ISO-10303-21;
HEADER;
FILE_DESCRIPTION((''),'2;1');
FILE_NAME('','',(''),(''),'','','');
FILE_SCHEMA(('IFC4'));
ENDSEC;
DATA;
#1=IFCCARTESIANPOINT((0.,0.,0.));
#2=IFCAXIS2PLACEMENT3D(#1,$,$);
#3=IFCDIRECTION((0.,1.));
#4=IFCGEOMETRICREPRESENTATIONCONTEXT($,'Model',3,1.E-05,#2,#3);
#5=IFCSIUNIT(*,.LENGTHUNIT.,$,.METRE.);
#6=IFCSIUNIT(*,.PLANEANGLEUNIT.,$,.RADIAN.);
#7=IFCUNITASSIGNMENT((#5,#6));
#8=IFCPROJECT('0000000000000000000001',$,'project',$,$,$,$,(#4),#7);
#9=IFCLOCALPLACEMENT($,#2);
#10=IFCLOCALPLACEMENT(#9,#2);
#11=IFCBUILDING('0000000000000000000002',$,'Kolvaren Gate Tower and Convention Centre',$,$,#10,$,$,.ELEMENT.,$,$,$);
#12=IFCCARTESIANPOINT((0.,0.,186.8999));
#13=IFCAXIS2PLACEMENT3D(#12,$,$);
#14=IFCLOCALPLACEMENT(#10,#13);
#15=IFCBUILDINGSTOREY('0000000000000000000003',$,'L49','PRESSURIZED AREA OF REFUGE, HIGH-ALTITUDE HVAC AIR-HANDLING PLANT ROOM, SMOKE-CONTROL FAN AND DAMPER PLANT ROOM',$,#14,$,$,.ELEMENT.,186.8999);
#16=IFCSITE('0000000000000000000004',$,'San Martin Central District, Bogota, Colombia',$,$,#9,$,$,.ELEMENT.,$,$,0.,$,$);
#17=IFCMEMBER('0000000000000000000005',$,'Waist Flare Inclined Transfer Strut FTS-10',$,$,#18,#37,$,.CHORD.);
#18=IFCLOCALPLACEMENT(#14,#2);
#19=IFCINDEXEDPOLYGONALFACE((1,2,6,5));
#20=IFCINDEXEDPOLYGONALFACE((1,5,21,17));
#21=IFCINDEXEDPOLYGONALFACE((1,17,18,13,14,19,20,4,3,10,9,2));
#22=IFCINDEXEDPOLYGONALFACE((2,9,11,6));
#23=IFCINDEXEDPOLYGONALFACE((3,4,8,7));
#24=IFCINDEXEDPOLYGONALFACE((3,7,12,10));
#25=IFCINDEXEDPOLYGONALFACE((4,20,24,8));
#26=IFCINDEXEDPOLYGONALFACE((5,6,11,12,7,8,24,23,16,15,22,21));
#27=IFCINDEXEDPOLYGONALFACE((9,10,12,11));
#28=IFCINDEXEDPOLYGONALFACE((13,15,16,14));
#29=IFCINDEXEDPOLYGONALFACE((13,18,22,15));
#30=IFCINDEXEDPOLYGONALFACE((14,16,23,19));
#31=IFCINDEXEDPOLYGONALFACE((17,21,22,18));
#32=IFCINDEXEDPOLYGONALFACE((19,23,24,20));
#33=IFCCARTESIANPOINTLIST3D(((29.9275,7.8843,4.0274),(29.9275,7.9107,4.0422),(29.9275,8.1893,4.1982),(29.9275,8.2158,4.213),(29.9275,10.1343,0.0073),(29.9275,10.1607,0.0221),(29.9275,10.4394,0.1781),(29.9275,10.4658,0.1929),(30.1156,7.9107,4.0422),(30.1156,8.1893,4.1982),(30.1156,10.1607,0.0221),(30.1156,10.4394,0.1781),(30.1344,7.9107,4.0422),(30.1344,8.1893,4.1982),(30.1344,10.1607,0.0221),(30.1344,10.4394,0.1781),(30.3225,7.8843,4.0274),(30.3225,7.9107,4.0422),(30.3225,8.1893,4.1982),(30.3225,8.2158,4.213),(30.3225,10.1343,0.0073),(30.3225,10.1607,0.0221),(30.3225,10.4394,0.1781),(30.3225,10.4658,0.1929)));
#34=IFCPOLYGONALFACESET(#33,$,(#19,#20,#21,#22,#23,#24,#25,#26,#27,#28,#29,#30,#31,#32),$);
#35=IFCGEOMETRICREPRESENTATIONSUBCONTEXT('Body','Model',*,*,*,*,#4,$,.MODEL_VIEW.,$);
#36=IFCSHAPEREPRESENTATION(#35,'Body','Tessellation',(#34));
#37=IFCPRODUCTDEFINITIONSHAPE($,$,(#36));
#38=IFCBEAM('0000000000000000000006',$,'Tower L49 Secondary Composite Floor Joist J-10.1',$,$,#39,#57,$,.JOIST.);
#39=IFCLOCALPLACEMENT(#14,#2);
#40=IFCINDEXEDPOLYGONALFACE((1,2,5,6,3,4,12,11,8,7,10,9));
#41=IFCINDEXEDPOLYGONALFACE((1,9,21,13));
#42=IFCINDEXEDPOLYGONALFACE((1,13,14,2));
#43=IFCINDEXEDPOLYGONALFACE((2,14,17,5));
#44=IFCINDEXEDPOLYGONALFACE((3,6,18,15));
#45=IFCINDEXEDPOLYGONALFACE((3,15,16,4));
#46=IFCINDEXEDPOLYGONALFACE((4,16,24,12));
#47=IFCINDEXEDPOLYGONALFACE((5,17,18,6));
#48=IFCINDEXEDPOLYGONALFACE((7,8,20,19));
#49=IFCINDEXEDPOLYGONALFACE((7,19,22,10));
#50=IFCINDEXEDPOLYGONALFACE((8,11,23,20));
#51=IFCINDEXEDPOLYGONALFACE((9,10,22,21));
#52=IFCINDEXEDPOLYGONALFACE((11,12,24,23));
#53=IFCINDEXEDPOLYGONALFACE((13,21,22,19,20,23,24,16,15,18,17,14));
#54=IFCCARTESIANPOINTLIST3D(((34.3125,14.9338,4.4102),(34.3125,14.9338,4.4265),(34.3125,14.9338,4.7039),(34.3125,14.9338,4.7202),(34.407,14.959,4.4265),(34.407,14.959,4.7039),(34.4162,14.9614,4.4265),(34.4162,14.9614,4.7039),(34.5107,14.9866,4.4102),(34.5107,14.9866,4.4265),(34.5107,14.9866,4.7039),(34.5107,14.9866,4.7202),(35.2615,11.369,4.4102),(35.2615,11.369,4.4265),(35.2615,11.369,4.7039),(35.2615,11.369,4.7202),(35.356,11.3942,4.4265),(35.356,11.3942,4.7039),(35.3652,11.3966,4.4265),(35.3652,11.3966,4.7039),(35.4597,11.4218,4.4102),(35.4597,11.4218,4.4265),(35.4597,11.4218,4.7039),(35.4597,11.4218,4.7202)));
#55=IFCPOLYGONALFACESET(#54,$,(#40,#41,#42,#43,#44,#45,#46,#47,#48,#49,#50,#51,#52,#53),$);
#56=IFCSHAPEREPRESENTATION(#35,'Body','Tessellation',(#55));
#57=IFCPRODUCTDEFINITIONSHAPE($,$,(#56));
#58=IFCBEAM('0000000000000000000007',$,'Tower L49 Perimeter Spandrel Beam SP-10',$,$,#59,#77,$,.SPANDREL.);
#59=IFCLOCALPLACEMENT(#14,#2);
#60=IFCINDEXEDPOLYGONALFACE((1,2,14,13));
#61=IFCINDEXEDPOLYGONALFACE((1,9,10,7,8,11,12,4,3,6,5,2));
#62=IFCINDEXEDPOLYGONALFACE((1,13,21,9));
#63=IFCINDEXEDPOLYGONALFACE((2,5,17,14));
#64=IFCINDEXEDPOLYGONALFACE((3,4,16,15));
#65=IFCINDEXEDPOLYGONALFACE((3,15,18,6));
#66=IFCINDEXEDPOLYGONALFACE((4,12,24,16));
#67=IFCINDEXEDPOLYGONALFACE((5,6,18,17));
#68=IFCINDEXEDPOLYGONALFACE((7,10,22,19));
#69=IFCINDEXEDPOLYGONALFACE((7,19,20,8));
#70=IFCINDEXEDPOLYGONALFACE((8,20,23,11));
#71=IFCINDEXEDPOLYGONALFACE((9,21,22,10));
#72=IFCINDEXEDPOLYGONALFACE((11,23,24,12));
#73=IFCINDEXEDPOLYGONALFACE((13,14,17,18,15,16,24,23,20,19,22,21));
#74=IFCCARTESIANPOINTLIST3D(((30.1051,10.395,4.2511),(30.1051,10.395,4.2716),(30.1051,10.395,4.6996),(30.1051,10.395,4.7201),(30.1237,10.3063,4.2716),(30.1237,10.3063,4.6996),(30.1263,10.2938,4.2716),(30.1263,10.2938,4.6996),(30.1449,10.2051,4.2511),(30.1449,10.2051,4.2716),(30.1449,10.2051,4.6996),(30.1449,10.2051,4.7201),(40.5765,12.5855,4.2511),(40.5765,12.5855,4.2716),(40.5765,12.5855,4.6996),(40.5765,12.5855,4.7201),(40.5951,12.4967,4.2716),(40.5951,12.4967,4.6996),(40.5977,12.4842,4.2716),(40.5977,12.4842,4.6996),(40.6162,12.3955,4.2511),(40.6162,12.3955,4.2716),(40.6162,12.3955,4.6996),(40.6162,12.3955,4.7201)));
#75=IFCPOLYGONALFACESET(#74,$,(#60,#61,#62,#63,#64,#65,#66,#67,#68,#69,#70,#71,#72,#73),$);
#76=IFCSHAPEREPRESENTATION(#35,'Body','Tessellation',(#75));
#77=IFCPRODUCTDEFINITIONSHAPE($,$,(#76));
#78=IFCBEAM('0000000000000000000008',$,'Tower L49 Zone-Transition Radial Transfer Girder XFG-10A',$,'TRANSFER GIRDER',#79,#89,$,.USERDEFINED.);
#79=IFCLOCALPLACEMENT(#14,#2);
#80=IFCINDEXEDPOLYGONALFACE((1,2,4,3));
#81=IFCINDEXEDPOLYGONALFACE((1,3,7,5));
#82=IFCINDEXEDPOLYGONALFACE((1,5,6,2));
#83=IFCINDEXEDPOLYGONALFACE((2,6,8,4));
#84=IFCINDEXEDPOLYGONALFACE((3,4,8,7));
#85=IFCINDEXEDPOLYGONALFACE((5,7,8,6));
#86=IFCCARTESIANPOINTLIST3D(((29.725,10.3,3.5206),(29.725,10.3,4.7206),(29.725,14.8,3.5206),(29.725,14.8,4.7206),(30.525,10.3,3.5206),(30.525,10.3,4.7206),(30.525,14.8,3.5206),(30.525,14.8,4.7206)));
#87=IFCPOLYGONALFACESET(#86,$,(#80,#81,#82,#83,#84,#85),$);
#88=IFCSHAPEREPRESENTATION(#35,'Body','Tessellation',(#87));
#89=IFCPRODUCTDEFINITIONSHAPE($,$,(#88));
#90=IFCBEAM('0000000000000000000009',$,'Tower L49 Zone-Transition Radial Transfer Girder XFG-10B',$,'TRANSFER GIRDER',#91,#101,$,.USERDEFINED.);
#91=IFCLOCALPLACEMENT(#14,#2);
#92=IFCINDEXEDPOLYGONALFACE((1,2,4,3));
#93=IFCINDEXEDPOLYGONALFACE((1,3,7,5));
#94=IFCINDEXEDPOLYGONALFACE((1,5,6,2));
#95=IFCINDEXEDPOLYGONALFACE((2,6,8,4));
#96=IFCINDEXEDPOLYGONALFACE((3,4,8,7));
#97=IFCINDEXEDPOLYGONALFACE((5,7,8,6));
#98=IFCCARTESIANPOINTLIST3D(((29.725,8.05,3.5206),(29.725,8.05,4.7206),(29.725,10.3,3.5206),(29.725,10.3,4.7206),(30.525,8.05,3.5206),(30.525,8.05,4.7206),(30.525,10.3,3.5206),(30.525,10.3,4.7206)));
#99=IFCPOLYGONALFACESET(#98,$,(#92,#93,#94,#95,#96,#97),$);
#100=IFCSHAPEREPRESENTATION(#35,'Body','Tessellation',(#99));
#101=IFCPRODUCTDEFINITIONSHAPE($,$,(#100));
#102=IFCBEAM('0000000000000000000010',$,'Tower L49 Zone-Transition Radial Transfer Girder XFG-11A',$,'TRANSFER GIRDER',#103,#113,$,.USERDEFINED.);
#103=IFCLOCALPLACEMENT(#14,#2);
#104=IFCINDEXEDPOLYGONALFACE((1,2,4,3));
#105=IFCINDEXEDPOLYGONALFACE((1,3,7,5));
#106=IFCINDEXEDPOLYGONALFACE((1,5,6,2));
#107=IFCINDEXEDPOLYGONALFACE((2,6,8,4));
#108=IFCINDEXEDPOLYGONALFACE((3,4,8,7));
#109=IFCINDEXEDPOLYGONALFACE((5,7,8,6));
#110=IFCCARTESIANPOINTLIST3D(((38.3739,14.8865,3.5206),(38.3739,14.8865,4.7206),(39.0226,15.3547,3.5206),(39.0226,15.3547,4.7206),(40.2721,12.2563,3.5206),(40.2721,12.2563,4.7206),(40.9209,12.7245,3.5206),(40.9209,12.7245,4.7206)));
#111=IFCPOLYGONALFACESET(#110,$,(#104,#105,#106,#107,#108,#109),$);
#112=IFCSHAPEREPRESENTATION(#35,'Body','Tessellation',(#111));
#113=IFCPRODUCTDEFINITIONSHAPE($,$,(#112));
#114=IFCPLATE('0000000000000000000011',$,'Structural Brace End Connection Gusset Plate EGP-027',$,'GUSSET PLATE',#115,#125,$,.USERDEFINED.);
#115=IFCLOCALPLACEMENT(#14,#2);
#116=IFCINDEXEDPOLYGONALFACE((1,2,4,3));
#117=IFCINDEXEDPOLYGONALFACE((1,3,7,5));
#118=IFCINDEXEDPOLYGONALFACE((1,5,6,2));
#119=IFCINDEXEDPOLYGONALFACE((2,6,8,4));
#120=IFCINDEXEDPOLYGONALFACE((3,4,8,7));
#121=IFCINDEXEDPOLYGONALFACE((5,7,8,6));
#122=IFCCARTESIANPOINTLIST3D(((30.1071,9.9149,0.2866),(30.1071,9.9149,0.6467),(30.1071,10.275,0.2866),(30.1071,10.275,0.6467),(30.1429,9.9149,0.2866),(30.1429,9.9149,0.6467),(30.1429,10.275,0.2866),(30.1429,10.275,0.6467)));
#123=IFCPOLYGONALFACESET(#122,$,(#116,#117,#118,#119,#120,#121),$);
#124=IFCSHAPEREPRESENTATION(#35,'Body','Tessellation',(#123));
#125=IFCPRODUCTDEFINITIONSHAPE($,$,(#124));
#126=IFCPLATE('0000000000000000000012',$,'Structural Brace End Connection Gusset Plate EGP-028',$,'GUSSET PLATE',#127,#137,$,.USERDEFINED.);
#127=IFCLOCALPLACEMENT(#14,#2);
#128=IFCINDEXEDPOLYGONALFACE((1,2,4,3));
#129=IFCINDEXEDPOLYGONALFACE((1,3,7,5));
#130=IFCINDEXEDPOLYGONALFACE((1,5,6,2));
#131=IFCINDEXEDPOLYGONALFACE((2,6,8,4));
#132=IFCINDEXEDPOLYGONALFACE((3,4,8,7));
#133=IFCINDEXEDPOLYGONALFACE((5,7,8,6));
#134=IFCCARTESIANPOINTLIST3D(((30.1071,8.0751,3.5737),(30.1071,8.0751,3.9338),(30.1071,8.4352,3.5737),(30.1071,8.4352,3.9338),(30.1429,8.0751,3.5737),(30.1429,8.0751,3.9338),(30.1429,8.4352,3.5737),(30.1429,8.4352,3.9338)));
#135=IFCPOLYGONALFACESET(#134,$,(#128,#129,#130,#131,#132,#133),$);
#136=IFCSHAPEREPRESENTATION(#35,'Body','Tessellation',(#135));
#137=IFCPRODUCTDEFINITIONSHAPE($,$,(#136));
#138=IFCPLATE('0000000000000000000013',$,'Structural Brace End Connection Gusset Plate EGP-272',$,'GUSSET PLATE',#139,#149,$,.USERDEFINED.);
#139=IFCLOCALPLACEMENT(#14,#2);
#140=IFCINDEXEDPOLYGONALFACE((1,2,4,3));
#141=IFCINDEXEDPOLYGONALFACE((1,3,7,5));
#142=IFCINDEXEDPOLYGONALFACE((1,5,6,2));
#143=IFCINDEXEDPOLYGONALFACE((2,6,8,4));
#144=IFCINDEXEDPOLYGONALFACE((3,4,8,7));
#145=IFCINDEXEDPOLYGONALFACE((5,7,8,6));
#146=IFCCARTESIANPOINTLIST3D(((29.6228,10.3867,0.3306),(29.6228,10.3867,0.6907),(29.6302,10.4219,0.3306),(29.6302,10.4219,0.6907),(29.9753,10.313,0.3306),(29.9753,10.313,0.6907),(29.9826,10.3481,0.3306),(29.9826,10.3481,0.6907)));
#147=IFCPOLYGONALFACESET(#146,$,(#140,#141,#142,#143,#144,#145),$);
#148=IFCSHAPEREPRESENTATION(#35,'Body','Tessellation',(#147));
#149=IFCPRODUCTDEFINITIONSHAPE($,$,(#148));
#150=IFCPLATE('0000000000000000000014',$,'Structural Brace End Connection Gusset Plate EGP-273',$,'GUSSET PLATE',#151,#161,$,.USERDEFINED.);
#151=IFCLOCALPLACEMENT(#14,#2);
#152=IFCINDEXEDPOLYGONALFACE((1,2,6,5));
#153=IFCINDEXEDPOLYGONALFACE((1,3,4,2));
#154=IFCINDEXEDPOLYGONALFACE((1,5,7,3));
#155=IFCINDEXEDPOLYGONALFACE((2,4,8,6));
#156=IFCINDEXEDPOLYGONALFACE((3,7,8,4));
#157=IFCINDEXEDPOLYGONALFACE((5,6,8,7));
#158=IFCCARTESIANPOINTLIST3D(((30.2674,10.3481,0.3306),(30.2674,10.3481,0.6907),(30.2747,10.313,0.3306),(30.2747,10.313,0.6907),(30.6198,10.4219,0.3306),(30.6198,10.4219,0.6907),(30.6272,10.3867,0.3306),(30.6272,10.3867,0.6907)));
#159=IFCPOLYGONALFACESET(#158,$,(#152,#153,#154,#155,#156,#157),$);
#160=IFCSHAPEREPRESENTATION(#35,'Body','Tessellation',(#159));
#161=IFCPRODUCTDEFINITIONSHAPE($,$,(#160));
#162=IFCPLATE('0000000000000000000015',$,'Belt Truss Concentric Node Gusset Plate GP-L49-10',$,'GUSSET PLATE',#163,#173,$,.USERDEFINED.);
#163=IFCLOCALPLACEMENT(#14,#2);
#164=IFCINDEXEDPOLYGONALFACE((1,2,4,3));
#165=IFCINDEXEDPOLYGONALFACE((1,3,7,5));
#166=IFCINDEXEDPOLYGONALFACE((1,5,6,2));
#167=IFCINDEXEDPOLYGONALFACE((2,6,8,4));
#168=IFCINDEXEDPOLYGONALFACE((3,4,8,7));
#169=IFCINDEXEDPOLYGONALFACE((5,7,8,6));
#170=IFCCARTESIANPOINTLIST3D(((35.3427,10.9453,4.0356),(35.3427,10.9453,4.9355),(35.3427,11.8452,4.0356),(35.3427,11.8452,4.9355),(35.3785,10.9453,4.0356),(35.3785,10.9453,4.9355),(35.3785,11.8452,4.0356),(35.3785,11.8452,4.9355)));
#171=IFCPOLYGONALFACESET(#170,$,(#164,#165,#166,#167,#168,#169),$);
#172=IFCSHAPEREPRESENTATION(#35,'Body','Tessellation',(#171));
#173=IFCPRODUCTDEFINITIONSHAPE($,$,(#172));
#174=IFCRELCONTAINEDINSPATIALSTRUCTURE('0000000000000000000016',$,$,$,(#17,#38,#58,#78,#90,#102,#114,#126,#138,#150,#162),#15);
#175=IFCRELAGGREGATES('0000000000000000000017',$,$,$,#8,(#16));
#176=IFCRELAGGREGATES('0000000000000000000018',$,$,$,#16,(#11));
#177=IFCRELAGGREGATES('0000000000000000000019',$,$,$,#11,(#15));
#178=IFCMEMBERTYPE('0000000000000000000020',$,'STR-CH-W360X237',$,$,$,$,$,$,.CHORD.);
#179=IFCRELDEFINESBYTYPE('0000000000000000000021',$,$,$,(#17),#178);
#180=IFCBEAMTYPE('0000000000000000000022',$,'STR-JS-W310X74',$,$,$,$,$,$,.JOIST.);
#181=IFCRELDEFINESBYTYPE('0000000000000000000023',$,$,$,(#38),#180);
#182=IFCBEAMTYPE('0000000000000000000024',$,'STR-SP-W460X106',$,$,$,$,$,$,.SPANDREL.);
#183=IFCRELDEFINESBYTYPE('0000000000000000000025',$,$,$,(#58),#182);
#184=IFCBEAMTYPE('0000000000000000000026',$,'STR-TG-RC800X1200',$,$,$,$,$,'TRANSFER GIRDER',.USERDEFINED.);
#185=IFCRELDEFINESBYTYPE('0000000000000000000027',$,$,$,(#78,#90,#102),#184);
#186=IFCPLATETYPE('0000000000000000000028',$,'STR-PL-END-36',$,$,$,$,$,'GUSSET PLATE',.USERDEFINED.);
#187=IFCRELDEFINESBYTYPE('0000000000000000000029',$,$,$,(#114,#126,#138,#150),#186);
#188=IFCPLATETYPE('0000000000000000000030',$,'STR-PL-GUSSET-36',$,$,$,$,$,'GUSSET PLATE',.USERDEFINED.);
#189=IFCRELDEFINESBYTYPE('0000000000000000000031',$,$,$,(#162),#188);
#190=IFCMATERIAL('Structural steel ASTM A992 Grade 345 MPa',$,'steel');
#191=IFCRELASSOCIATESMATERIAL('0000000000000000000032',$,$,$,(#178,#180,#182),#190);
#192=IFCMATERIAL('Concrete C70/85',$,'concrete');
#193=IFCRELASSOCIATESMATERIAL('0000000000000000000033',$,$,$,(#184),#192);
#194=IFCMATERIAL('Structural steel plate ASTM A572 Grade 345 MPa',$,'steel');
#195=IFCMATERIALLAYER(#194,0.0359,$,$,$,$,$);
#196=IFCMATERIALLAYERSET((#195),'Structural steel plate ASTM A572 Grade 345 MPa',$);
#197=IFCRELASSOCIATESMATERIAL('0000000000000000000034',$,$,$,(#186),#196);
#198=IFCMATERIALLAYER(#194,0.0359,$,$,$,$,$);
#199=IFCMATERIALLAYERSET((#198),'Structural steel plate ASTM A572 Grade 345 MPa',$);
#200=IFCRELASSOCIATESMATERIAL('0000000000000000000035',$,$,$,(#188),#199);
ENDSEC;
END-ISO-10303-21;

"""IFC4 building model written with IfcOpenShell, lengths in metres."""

from ifc_helpers import new_model, si_unit, direction, frame, origin, origin_2d, place, context, subcontext, project, spatial, rectangle, i_section, extrude, material, layer, layer_set, material_profile, profile_set, type_object, element, save


model = new_model("IFC4")

# Units and contexts
model_context = context("Model", 3, precision=1e-05, world=origin(), true_north=direction((0.0, 1.0)))
body_context = subcontext(model_context, "Body", "Model", "MODEL_VIEW")
ifc_project = project(units=[si_unit("LENGTHUNIT", "METRE"), si_unit("PLANEANGLEUNIT", "RADIAN")], contexts=[model_context])

# Site, building, storey
site_placement = place(None, origin())
site = spatial("IfcSite", under=ifc_project, at=site_placement, Name="San Martin Central District, Bogota, Colombia", CompositionType="ELEMENT", RefElevation=0.0)
building_placement = place(site_placement, origin())
building = spatial("IfcBuilding", under=site, at=building_placement, Name="Kolvaren Gate Tower and Convention Centre", CompositionType="ELEMENT")
storey_placement = place(building_placement, frame((0.0, 0.0, 186.8999)))
storey = spatial("IfcBuildingStorey", under=building, at=storey_placement, Name="L49", Description="PRESSURIZED AREA OF REFUGE, HIGH-ALTITUDE HVAC AIR-HANDLING PLANT ROOM, SMOKE-CONTROL FAN AND DAMPER PLANT ROOM", CompositionType="ELEMENT", Elevation=186.8999)

# Shared definitions
ifc_material_1 = material(Name="Structural steel ASTM A992 Grade 345 MPa", Category="steel")

# Member
ifc_material_profile_1 = material_profile(ifc_material_1, i_section(OverallWidth=0.395, OverallDepth=0.3799, WebThickness=0.0188, FlangeThickness=0.0303, at=origin_2d()), Name="W360X237")
ifc_profile_set_1 = profile_set([ifc_material_profile_1], Name="Structural steel ASTM A992 Grade 345 MPa")
member_type_1 = type_object("IfcMemberType", Name="STR-CH-W360X237", PredefinedType="CHORD", material=ifc_profile_set_1)
member_1_placement = place(storey_placement, frame((30.125, 10.3, 0.1001), z_axis=(0.0, -0.488403, 0.872618), x_axis=(1.0, 0.0, 0.0)))
element("IfcMember", 1, at=member_1_placement, inside=storey, type_object=member_type_1, Name="Waist Flare Inclined Transfer Strut FTS-10", PredefinedType="CHORD", context=body_context, shape_type="SweptSolid", body=[
    extrude(i_section(OverallWidth=0.395, OverallDepth=0.3799, WebThickness=0.0188, FlangeThickness=0.0303, at=origin_2d()), origin(), (0.0, 0.0, 1.0), 4.6069),
])

# Beams
ifc_material_profile_2 = material_profile(ifc_material_1, i_section(OverallWidth=0.2051, OverallDepth=0.3101, WebThickness=0.0095, FlangeThickness=0.0164, at=origin_2d()), Name="W310X74")
ifc_profile_set_2 = profile_set([ifc_material_profile_2], Name="Structural steel ASTM A992 Grade 345 MPa")
beam_type_1 = type_object("IfcBeamType", Name="STR-JS-W310X74", PredefinedType="JOIST", material=ifc_profile_set_2)
beam_1_placement = place(storey_placement, frame((34.4116, 14.9602, 4.5652), z_axis=(0.257238, -0.966348, 0.0), x_axis=(0.966348, 0.257238, 0.0)))
element("IfcBeam", 2, at=beam_1_placement, inside=storey, type_object=beam_type_1, Name="Tower L49 Secondary Composite Floor Joist J-10.1", PredefinedType="JOIST", context=body_context, shape_type="SweptSolid", body=[
    extrude(i_section(OverallWidth=0.2051, OverallDepth=0.3101, WebThickness=0.0095, FlangeThickness=0.0164, at=origin_2d()), origin(), (0.0, 0.0, 1.0), 3.689),
])
ifc_material_profile_3 = material_profile(ifc_material_1, i_section(OverallWidth=0.1941, OverallDepth=0.469, WebThickness=0.0127, FlangeThickness=0.0205, at=origin_2d()), Name="W460X106")
ifc_profile_set_3 = profile_set([ifc_material_profile_3], Name="Structural steel ASTM A992 Grade 345 MPa")
beam_type_2 = type_object("IfcBeamType", Name="STR-SP-W460X106", PredefinedType="SPANDREL", material=ifc_profile_set_3)
beam_2_placement = place(storey_placement, frame((30.125, 10.3, 4.4856), z_axis=(0.978814, 0.20475, 0.0), x_axis=(-0.20475, 0.978814, 0.0)))
element("IfcBeam", 3, at=beam_2_placement, inside=storey, type_object=beam_type_2, Name="Tower L49 Perimeter Spandrel Beam SP-10", PredefinedType="SPANDREL", context=body_context, shape_type="SweptSolid", body=[
    extrude(i_section(OverallWidth=0.1941, OverallDepth=0.469, WebThickness=0.0127, FlangeThickness=0.0205, at=origin_2d()), origin(), (0.0, 0.0, 1.0), 10.698),
])
ifc_material_2 = material(Name="Concrete C70/85", Category="concrete")
ifc_material_profile_4 = material_profile(ifc_material_2, rectangle(XDim=0.8, YDim=1.2, at=origin_2d()), Name="RC-BM-800X1200")
ifc_profile_set_4 = profile_set([ifc_material_profile_4], Name="Concrete C70/85")
beam_type_3 = type_object("IfcBeamType", Name="STR-TG-RC800X1200", ElementType="TRANSFER GIRDER", PredefinedType="USERDEFINED", material=ifc_profile_set_4)
beam_3_placement = place(storey_placement, frame((30.125, 14.8, 4.1206), z_axis=(0.0, -1.0, 0.0), x_axis=(1.0, 0.0, 0.0)))
element("IfcBeam", 4, at=beam_3_placement, inside=storey, type_object=beam_type_3, Name="Tower L49 Zone-Transition Radial Transfer Girder XFG-10A", ObjectType="TRANSFER GIRDER", PredefinedType="USERDEFINED", context=body_context, shape_type="SweptSolid", body=[
    extrude(rectangle(XDim=0.8, YDim=1.2, at=origin_2d()), origin(), (0.0, 0.0, 1.0), 4.5),
])
beam_4_placement = place(storey_placement, frame((30.125, 10.3, 4.1206), z_axis=(0.0, -1.0, 0.0), x_axis=(1.0, 0.0, 0.0)))
element("IfcBeam", 5, at=beam_4_placement, inside=storey, type_object=beam_type_3, Name="Tower L49 Zone-Transition Radial Transfer Girder XFG-10B", ObjectType="TRANSFER GIRDER", PredefinedType="USERDEFINED", context=body_context, shape_type="SweptSolid", body=[
    extrude(rectangle(XDim=0.8, YDim=1.2, at=origin_2d()), origin(), (0.0, 0.0, 1.0), 2.25),
])
beam_5_placement = place(storey_placement, frame((38.6982, 15.1206, 4.1206), z_axis=(0.585218, -0.810876, 0.0), x_axis=(0.810876, 0.585218, 0.0)))
element("IfcBeam", 6, at=beam_5_placement, inside=storey, type_object=beam_type_3, Name="Tower L49 Zone-Transition Radial Transfer Girder XFG-11A", ObjectType="TRANSFER GIRDER", PredefinedType="USERDEFINED", context=body_context, shape_type="SweptSolid", body=[
    extrude(rectangle(XDim=0.8, YDim=1.2, at=origin_2d()), origin(), (0.0, 0.0, 1.0), 3.2437),
])

# Plates
ifc_material_3 = material(Name="Structural steel plate ASTM A572 Grade 345 MPa", Category="steel")
ifc_layer_1 = layer(ifc_material_3, 0.0359)
ifc_layer_set_1 = layer_set([ifc_layer_1], Name="Structural steel plate ASTM A572 Grade 345 MPa")
plate_type_1 = type_object("IfcPlateType", Name="STR-PL-END-36", ElementType="GUSSET PLATE", PredefinedType="USERDEFINED", material=ifc_layer_set_1)
for number, where, z_axis, x_axis, name in (
    (7, (30.125, 10.095, 0.2866), (0.0, 0.0, 1.0), (0.0, -1.0, 0.0), "Structural Brace End Connection Gusset Plate EGP-027"),
    (8, (30.125, 8.2551, 3.5737), (0.0, 0.0, 1.0), (0.0, -1.0, 0.0), "Structural Brace End Connection Gusset Plate EGP-028"),
    (9, (29.8027, 10.3674, 0.3306), (0.0, 0.0, 1.0), (-0.978811, 0.204766, 0.0), "Structural Brace End Connection Gusset Plate EGP-272"),
    (10, (30.4473, 10.3674, 0.3306), (0.0, 0.0, 1.0), (0.978811, 0.204766, 0.0), "Structural Brace End Connection Gusset Plate EGP-273"),
):
    element("IfcPlate", number, at=place(storey_placement, frame(where, z_axis=z_axis, x_axis=x_axis)), inside=storey, type_object=plate_type_1, Name=name, ObjectType="GUSSET PLATE", PredefinedType="USERDEFINED", context=body_context, shape_type="SweptSolid", body=[
        extrude(rectangle(XDim=0.3601, YDim=0.0359, at=origin_2d()), origin(), (0.0, 0.0, 1.0), 0.3601),
    ])
ifc_layer_2 = layer(ifc_material_3, 0.0359)
ifc_layer_set_2 = layer_set([ifc_layer_2], Name="Structural steel plate ASTM A572 Grade 345 MPa")
plate_type_2 = type_object("IfcPlateType", Name="STR-PL-GUSSET-36", ElementType="GUSSET PLATE", PredefinedType="USERDEFINED", material=ifc_layer_set_2)
plate_placement = place(storey_placement, frame((35.3606, 11.3953, 4.0356), z_axis=(0.0, 0.0, 1.0), x_axis=(0.0, -1.0, 0.0)))
element("IfcPlate", 11, at=plate_placement, inside=storey, type_object=plate_type_2, Name="Belt Truss Concentric Node Gusset Plate GP-L49-10", ObjectType="GUSSET PLATE", PredefinedType="USERDEFINED", context=body_context, shape_type="SweptSolid", body=[
    extrude(rectangle(XDim=0.8999, YDim=0.0359, at=origin_2d()), origin(), (0.0, 0.0, 1.0), 0.8999),
])

save(model, "model.ifc")
